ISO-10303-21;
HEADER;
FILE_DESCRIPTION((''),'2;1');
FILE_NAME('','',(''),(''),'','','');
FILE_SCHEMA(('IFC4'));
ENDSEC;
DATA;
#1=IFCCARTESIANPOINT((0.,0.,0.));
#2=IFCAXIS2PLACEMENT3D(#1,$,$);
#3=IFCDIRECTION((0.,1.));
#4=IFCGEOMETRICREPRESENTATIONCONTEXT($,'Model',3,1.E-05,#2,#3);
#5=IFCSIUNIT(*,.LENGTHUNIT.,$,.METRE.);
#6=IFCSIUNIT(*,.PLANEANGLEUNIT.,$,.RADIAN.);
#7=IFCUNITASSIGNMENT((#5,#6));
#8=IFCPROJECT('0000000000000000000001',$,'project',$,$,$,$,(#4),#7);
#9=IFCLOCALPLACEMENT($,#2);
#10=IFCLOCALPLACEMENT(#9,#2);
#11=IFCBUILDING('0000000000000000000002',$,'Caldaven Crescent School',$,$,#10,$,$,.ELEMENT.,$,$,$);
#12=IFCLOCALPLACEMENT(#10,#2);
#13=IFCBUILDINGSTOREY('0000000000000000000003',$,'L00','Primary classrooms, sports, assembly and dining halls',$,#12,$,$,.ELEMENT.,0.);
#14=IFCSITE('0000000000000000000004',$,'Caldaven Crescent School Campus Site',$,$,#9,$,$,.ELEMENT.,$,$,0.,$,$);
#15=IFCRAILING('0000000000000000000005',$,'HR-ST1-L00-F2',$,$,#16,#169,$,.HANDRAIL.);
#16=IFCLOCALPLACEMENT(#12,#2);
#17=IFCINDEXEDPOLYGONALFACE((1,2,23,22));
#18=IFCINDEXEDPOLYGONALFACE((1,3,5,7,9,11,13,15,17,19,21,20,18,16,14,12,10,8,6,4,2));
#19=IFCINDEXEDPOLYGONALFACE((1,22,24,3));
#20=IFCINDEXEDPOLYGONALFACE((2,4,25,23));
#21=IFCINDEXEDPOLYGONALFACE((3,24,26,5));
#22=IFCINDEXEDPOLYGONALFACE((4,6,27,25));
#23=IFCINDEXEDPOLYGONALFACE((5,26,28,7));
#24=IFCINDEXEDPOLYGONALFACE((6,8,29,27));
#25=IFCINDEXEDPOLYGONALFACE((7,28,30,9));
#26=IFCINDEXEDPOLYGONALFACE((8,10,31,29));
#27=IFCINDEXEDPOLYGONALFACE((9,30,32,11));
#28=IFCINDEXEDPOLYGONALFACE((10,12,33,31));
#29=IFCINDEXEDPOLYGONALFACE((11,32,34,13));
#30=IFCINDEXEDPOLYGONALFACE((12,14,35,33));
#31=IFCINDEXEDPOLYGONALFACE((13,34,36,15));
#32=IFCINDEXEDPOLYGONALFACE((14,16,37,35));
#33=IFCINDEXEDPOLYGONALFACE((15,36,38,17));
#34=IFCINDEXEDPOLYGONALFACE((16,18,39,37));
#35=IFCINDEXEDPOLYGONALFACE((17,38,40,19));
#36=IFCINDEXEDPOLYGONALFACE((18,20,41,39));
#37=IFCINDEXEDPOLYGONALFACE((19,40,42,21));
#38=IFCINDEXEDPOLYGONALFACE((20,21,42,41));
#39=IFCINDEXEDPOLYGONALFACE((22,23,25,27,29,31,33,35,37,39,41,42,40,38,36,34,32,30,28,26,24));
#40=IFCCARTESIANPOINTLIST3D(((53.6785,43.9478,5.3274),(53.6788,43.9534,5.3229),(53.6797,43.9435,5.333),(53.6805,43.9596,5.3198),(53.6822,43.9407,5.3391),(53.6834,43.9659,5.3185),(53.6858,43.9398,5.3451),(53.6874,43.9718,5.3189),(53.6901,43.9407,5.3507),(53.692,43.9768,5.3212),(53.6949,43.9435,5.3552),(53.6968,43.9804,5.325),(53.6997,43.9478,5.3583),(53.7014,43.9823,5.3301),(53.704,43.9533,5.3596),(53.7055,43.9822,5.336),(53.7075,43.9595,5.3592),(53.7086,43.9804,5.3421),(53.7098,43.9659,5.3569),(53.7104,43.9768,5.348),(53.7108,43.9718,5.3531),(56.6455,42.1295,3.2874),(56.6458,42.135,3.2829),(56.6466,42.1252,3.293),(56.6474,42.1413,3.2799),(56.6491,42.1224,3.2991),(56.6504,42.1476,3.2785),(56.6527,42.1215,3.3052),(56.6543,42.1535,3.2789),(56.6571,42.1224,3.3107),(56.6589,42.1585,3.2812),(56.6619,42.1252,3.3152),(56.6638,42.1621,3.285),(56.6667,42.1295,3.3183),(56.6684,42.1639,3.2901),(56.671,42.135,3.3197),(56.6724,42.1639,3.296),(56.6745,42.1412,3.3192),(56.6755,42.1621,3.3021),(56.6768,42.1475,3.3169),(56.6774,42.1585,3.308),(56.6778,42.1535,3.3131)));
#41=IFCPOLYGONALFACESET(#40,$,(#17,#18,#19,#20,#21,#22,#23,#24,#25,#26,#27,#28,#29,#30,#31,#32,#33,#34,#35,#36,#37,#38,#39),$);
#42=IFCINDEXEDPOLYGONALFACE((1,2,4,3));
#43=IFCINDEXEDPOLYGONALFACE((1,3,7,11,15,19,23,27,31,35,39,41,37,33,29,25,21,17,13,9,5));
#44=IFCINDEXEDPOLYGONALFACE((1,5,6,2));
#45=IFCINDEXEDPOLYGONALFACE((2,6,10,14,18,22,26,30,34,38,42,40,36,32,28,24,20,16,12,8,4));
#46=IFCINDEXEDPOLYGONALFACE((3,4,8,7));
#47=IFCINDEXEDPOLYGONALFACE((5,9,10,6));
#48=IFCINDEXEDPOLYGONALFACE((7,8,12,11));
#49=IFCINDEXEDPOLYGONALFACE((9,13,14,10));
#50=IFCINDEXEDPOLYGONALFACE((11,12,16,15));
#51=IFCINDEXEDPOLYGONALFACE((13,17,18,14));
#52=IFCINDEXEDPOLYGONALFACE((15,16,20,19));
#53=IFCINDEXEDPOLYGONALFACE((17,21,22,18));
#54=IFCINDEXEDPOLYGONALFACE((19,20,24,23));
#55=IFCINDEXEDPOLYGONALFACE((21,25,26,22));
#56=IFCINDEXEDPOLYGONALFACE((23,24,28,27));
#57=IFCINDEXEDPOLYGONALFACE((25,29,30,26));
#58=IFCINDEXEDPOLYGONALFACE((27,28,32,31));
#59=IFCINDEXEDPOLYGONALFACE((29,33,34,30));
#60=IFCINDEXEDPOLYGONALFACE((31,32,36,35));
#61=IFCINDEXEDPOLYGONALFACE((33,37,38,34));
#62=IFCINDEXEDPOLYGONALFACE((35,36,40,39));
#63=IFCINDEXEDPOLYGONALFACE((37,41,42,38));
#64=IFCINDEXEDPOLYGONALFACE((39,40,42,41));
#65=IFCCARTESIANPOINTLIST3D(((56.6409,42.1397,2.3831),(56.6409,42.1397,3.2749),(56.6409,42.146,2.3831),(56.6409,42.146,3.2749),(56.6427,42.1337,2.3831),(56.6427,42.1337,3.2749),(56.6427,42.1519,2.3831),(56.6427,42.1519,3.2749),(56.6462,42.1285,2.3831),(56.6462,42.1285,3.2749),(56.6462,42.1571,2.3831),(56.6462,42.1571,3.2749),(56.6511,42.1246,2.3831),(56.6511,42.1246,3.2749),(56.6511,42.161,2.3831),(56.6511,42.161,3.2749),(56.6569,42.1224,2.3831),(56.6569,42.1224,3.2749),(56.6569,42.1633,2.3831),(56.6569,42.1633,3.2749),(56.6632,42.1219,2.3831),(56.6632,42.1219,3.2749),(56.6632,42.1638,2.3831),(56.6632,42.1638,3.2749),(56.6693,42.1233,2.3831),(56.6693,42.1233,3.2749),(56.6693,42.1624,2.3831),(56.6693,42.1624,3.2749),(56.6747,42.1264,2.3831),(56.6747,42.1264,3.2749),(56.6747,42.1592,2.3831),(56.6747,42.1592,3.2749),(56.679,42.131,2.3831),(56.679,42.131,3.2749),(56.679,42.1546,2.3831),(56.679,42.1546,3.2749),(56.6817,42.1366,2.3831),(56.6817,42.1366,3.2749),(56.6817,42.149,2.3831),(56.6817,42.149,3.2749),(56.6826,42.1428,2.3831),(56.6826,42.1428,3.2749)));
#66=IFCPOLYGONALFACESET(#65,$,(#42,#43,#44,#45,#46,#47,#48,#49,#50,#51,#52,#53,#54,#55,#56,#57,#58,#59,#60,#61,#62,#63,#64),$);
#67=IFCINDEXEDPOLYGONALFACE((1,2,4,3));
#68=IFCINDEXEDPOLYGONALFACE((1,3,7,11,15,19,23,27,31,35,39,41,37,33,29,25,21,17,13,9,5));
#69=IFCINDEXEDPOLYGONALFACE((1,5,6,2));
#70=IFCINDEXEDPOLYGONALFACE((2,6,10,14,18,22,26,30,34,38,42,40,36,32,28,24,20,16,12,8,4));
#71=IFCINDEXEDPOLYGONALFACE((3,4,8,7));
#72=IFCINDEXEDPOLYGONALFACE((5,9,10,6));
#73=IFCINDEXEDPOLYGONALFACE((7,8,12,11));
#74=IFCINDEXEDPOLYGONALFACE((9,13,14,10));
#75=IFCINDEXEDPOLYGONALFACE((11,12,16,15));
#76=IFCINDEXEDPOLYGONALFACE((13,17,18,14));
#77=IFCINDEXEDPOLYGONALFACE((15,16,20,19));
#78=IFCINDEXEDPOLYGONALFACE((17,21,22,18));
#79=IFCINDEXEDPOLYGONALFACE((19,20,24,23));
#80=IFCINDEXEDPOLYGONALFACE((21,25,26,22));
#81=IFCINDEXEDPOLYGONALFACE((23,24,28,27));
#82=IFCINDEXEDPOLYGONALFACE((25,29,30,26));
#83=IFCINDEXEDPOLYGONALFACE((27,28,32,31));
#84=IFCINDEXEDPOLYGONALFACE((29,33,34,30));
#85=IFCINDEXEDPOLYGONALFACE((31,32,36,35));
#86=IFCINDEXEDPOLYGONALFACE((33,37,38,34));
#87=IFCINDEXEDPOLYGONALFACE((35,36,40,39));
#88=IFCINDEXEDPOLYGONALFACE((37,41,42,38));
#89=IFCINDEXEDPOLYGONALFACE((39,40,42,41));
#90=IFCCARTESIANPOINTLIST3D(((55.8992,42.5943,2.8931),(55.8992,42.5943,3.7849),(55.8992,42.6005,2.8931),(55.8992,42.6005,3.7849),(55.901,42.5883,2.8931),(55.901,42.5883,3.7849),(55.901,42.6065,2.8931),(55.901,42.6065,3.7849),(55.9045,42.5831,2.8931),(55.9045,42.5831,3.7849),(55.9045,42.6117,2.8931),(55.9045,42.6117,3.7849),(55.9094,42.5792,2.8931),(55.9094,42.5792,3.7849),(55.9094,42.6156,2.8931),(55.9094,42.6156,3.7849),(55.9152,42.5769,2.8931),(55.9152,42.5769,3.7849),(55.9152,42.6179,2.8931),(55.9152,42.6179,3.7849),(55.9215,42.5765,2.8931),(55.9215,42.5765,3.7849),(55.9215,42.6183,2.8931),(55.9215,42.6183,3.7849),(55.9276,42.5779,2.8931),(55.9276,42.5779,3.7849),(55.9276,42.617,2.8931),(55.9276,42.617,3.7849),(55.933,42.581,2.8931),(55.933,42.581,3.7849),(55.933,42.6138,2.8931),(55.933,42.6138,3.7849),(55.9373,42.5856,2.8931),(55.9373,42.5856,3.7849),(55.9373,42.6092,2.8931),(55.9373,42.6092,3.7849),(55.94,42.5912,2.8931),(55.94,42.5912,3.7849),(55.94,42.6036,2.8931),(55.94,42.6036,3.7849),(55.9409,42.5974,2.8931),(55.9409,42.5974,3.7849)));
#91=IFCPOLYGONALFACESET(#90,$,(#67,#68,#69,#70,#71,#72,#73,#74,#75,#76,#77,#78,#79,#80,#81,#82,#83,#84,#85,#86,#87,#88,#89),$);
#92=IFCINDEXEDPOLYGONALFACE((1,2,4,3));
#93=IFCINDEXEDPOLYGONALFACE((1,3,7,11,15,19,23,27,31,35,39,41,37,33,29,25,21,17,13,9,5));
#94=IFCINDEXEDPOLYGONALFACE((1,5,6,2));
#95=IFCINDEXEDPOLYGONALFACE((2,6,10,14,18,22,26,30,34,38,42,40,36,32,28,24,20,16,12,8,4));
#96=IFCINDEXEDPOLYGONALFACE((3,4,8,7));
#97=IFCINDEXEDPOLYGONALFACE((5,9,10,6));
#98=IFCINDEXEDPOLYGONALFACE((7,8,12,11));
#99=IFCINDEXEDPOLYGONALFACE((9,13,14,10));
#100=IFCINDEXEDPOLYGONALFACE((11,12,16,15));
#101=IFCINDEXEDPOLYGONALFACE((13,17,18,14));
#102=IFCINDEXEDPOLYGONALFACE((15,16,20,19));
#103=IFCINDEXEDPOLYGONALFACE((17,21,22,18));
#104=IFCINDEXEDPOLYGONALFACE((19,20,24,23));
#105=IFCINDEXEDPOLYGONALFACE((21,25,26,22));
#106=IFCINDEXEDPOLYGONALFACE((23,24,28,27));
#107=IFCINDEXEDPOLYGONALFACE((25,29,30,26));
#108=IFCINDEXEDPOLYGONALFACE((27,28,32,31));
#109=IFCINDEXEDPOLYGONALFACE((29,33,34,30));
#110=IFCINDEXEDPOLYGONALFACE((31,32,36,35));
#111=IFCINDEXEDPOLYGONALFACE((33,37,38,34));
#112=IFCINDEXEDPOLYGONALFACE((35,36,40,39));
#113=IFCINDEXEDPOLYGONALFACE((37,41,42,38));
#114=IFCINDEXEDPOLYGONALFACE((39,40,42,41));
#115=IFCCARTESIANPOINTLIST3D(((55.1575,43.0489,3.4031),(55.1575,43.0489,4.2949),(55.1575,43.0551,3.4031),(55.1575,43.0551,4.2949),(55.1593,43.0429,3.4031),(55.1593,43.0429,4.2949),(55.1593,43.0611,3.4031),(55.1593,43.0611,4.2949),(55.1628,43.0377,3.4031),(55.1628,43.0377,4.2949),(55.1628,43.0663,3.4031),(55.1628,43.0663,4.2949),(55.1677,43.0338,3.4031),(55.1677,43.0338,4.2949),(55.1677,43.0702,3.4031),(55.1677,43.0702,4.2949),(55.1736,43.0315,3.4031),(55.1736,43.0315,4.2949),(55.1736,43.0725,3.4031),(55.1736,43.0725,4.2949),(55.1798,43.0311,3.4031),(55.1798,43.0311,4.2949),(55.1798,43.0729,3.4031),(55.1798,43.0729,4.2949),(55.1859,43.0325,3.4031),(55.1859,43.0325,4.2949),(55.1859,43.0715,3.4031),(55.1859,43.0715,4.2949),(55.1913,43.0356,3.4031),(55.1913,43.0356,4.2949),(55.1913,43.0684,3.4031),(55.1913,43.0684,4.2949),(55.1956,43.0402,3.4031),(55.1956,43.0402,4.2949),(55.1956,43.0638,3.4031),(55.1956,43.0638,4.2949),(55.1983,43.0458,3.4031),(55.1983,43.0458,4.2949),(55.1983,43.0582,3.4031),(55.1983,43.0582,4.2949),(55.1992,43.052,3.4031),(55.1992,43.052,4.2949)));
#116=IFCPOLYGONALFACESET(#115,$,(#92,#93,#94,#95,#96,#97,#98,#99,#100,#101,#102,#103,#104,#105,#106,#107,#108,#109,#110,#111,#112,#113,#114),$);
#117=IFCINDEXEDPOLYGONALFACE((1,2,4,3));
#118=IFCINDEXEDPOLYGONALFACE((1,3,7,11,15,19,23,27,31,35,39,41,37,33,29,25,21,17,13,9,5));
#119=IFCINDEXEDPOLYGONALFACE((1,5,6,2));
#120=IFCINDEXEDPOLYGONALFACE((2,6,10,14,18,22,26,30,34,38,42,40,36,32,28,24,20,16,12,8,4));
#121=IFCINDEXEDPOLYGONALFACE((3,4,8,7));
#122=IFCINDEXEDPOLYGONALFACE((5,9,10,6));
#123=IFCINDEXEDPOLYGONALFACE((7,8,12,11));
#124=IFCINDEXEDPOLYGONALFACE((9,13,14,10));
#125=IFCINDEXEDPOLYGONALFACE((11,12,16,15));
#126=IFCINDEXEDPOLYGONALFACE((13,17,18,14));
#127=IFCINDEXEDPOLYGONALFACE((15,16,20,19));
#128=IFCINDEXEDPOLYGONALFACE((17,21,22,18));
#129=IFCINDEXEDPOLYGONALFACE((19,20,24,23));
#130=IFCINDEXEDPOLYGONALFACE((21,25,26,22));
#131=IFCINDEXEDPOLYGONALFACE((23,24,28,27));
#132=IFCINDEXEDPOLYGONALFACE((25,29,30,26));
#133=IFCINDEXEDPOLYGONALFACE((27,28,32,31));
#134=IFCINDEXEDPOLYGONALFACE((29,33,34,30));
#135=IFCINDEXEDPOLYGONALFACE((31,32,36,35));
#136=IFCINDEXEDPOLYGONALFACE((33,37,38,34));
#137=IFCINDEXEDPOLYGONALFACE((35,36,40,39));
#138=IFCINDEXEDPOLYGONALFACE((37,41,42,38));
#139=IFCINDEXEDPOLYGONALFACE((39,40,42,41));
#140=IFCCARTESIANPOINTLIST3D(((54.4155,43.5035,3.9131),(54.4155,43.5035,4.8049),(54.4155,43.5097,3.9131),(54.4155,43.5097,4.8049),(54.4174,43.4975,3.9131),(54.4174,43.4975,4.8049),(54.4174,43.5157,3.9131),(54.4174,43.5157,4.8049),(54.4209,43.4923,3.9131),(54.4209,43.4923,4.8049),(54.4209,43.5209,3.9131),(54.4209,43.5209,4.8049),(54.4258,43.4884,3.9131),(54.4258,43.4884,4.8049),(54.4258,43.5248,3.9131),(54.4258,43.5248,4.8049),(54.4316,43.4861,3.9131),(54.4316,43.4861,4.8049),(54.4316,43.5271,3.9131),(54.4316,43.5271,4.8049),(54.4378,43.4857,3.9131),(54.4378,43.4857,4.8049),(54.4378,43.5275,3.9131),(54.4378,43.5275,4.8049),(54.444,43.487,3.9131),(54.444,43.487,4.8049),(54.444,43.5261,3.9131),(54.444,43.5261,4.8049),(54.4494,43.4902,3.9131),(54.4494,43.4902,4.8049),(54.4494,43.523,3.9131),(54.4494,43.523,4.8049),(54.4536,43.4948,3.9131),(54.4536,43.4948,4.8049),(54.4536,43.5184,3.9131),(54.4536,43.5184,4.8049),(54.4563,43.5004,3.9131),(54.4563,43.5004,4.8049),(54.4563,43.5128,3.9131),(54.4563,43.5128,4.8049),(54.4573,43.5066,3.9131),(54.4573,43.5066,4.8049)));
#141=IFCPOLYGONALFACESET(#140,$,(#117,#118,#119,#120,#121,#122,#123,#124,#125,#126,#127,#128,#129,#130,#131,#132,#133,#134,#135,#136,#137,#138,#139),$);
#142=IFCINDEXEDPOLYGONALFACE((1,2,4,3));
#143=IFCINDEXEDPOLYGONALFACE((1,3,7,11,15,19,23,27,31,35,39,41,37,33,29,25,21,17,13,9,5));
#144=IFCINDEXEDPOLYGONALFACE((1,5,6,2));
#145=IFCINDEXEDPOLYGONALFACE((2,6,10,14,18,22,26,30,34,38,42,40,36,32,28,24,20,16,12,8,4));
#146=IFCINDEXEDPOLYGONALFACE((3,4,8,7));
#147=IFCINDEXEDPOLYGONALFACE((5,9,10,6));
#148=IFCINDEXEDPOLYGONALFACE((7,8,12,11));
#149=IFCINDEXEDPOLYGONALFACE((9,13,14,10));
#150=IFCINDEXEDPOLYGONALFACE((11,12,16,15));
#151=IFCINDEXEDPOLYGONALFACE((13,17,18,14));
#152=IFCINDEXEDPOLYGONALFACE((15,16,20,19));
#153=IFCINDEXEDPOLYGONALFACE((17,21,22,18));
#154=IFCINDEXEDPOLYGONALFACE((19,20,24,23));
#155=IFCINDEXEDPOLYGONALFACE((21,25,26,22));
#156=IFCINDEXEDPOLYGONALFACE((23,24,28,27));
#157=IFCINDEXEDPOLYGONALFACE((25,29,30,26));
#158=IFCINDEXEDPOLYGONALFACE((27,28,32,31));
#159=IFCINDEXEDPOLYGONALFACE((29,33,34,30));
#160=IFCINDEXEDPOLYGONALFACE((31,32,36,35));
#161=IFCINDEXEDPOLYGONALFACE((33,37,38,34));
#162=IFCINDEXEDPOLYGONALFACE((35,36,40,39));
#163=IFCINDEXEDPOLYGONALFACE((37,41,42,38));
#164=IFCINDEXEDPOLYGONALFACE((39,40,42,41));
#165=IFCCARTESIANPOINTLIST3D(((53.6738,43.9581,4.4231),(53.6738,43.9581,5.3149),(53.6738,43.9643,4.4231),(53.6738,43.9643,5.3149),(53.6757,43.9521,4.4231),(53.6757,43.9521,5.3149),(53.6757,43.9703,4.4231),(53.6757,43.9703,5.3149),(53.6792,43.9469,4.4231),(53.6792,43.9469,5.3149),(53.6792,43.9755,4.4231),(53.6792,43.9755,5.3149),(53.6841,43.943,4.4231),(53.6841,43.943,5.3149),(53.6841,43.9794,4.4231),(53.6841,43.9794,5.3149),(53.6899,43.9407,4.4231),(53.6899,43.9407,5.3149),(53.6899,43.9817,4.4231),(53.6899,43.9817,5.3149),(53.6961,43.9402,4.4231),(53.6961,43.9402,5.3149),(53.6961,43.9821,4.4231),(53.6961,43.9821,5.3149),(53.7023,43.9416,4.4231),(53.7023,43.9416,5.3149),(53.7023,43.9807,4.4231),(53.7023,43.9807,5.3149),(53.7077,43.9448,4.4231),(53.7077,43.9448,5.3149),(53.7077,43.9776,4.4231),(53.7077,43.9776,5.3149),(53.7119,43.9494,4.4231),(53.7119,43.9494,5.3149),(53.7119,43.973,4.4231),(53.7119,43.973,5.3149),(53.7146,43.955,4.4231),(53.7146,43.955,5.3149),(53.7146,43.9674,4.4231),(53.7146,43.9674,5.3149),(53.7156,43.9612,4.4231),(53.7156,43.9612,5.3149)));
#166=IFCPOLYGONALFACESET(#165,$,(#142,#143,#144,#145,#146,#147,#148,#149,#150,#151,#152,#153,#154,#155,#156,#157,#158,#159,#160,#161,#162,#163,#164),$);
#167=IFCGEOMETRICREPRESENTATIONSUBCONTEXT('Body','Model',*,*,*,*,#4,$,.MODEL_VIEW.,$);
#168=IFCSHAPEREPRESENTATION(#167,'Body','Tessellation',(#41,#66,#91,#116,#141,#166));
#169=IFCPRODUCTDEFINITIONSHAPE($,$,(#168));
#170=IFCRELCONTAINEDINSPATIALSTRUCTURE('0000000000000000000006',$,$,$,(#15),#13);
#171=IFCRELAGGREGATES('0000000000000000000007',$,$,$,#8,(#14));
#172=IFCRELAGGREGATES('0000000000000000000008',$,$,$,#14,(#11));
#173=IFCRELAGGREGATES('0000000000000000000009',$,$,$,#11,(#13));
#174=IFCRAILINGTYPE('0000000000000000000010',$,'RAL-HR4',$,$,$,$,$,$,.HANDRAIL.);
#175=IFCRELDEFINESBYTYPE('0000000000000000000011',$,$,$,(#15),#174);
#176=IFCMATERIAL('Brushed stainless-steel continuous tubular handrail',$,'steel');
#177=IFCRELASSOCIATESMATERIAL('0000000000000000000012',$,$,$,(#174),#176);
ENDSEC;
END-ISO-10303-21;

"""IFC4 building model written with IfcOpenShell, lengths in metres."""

from ifc_helpers import new_model, si_unit, direction, frame, origin, origin_2d, place, context, subcontext, project, spatial, circle, extrude, material, type_object, element, save


model = new_model("IFC4")

# Units and contexts
model_context = context("Model", 3, precision=1e-05, world=origin(), true_north=direction((0.0, 1.0)))
body_context = subcontext(model_context, "Body", "Model", "MODEL_VIEW")
ifc_project = project(units=[si_unit("LENGTHUNIT", "METRE"), si_unit("PLANEANGLEUNIT", "RADIAN")], contexts=[model_context])

# Site, building, storey
site_placement = place(None, origin())
site = spatial("IfcSite", under=ifc_project, at=site_placement, Name="Caldaven Crescent School Campus Site", CompositionType="ELEMENT", RefElevation=0.0)
building_placement = place(site_placement, origin())
building = spatial("IfcBuilding", under=site, at=building_placement, Name="Caldaven Crescent School", CompositionType="ELEMENT")
storey_placement = place(building_placement, origin())
storey = spatial("IfcBuildingStorey", under=building, at=storey_placement, Name="L00", Description="Primary classrooms, sports, assembly and dining halls", CompositionType="ELEMENT", Elevation=0.0)

# Railing
ifc_material_1 = material(Name="Brushed stainless-steel continuous tubular handrail", Category="steel")
railing_type_1 = type_object("IfcRailingType", Name="RAL-HR4", PredefinedType="HANDRAIL", material=ifc_material_1)
railing_1_placement = place(storey_placement, frame((56.6616, 42.1428, 2.3831)))
element("IfcRailing", 1, at=railing_1_placement, inside=storey, type_object=railing_type_1, Name="HR-ST1-L00-F2", PredefinedType="HANDRAIL", context=body_context, shape_type="SweptSolid", body=[
    extrude(circle(Radius=0.0239, at=origin_2d()), frame((0.0, 0.0, 0.916), z_axis=(-0.735545, 0.450781, 0.505737), x_axis=(-0.522531, -0.85262, 0.0)), (0.0, 0.0, 1.0), 4.0337),
    extrude(circle(Radius=0.021, at=origin_2d()), origin(), (0.0, 0.0, 1.0), 0.8918),
    extrude(circle(Radius=0.021, at=origin_2d()), frame((-0.7417, 0.4546, 0.51)), (0.0, 0.0, 1.0), 0.8918),
    extrude(circle(Radius=0.021, at=origin_2d()), frame((-1.4834, 0.9092, 1.02)), (0.0, 0.0, 1.0), 0.8918),
    extrude(circle(Radius=0.021, at=origin_2d()), frame((-2.2253, 1.3638, 1.53)), (0.0, 0.0, 1.0), 0.8918),
    extrude(circle(Radius=0.021, at=origin_2d()), frame((-2.967, 1.8184, 2.04)), (0.0, 0.0, 1.0), 0.8918),
])

save(model, "model.ifc")
